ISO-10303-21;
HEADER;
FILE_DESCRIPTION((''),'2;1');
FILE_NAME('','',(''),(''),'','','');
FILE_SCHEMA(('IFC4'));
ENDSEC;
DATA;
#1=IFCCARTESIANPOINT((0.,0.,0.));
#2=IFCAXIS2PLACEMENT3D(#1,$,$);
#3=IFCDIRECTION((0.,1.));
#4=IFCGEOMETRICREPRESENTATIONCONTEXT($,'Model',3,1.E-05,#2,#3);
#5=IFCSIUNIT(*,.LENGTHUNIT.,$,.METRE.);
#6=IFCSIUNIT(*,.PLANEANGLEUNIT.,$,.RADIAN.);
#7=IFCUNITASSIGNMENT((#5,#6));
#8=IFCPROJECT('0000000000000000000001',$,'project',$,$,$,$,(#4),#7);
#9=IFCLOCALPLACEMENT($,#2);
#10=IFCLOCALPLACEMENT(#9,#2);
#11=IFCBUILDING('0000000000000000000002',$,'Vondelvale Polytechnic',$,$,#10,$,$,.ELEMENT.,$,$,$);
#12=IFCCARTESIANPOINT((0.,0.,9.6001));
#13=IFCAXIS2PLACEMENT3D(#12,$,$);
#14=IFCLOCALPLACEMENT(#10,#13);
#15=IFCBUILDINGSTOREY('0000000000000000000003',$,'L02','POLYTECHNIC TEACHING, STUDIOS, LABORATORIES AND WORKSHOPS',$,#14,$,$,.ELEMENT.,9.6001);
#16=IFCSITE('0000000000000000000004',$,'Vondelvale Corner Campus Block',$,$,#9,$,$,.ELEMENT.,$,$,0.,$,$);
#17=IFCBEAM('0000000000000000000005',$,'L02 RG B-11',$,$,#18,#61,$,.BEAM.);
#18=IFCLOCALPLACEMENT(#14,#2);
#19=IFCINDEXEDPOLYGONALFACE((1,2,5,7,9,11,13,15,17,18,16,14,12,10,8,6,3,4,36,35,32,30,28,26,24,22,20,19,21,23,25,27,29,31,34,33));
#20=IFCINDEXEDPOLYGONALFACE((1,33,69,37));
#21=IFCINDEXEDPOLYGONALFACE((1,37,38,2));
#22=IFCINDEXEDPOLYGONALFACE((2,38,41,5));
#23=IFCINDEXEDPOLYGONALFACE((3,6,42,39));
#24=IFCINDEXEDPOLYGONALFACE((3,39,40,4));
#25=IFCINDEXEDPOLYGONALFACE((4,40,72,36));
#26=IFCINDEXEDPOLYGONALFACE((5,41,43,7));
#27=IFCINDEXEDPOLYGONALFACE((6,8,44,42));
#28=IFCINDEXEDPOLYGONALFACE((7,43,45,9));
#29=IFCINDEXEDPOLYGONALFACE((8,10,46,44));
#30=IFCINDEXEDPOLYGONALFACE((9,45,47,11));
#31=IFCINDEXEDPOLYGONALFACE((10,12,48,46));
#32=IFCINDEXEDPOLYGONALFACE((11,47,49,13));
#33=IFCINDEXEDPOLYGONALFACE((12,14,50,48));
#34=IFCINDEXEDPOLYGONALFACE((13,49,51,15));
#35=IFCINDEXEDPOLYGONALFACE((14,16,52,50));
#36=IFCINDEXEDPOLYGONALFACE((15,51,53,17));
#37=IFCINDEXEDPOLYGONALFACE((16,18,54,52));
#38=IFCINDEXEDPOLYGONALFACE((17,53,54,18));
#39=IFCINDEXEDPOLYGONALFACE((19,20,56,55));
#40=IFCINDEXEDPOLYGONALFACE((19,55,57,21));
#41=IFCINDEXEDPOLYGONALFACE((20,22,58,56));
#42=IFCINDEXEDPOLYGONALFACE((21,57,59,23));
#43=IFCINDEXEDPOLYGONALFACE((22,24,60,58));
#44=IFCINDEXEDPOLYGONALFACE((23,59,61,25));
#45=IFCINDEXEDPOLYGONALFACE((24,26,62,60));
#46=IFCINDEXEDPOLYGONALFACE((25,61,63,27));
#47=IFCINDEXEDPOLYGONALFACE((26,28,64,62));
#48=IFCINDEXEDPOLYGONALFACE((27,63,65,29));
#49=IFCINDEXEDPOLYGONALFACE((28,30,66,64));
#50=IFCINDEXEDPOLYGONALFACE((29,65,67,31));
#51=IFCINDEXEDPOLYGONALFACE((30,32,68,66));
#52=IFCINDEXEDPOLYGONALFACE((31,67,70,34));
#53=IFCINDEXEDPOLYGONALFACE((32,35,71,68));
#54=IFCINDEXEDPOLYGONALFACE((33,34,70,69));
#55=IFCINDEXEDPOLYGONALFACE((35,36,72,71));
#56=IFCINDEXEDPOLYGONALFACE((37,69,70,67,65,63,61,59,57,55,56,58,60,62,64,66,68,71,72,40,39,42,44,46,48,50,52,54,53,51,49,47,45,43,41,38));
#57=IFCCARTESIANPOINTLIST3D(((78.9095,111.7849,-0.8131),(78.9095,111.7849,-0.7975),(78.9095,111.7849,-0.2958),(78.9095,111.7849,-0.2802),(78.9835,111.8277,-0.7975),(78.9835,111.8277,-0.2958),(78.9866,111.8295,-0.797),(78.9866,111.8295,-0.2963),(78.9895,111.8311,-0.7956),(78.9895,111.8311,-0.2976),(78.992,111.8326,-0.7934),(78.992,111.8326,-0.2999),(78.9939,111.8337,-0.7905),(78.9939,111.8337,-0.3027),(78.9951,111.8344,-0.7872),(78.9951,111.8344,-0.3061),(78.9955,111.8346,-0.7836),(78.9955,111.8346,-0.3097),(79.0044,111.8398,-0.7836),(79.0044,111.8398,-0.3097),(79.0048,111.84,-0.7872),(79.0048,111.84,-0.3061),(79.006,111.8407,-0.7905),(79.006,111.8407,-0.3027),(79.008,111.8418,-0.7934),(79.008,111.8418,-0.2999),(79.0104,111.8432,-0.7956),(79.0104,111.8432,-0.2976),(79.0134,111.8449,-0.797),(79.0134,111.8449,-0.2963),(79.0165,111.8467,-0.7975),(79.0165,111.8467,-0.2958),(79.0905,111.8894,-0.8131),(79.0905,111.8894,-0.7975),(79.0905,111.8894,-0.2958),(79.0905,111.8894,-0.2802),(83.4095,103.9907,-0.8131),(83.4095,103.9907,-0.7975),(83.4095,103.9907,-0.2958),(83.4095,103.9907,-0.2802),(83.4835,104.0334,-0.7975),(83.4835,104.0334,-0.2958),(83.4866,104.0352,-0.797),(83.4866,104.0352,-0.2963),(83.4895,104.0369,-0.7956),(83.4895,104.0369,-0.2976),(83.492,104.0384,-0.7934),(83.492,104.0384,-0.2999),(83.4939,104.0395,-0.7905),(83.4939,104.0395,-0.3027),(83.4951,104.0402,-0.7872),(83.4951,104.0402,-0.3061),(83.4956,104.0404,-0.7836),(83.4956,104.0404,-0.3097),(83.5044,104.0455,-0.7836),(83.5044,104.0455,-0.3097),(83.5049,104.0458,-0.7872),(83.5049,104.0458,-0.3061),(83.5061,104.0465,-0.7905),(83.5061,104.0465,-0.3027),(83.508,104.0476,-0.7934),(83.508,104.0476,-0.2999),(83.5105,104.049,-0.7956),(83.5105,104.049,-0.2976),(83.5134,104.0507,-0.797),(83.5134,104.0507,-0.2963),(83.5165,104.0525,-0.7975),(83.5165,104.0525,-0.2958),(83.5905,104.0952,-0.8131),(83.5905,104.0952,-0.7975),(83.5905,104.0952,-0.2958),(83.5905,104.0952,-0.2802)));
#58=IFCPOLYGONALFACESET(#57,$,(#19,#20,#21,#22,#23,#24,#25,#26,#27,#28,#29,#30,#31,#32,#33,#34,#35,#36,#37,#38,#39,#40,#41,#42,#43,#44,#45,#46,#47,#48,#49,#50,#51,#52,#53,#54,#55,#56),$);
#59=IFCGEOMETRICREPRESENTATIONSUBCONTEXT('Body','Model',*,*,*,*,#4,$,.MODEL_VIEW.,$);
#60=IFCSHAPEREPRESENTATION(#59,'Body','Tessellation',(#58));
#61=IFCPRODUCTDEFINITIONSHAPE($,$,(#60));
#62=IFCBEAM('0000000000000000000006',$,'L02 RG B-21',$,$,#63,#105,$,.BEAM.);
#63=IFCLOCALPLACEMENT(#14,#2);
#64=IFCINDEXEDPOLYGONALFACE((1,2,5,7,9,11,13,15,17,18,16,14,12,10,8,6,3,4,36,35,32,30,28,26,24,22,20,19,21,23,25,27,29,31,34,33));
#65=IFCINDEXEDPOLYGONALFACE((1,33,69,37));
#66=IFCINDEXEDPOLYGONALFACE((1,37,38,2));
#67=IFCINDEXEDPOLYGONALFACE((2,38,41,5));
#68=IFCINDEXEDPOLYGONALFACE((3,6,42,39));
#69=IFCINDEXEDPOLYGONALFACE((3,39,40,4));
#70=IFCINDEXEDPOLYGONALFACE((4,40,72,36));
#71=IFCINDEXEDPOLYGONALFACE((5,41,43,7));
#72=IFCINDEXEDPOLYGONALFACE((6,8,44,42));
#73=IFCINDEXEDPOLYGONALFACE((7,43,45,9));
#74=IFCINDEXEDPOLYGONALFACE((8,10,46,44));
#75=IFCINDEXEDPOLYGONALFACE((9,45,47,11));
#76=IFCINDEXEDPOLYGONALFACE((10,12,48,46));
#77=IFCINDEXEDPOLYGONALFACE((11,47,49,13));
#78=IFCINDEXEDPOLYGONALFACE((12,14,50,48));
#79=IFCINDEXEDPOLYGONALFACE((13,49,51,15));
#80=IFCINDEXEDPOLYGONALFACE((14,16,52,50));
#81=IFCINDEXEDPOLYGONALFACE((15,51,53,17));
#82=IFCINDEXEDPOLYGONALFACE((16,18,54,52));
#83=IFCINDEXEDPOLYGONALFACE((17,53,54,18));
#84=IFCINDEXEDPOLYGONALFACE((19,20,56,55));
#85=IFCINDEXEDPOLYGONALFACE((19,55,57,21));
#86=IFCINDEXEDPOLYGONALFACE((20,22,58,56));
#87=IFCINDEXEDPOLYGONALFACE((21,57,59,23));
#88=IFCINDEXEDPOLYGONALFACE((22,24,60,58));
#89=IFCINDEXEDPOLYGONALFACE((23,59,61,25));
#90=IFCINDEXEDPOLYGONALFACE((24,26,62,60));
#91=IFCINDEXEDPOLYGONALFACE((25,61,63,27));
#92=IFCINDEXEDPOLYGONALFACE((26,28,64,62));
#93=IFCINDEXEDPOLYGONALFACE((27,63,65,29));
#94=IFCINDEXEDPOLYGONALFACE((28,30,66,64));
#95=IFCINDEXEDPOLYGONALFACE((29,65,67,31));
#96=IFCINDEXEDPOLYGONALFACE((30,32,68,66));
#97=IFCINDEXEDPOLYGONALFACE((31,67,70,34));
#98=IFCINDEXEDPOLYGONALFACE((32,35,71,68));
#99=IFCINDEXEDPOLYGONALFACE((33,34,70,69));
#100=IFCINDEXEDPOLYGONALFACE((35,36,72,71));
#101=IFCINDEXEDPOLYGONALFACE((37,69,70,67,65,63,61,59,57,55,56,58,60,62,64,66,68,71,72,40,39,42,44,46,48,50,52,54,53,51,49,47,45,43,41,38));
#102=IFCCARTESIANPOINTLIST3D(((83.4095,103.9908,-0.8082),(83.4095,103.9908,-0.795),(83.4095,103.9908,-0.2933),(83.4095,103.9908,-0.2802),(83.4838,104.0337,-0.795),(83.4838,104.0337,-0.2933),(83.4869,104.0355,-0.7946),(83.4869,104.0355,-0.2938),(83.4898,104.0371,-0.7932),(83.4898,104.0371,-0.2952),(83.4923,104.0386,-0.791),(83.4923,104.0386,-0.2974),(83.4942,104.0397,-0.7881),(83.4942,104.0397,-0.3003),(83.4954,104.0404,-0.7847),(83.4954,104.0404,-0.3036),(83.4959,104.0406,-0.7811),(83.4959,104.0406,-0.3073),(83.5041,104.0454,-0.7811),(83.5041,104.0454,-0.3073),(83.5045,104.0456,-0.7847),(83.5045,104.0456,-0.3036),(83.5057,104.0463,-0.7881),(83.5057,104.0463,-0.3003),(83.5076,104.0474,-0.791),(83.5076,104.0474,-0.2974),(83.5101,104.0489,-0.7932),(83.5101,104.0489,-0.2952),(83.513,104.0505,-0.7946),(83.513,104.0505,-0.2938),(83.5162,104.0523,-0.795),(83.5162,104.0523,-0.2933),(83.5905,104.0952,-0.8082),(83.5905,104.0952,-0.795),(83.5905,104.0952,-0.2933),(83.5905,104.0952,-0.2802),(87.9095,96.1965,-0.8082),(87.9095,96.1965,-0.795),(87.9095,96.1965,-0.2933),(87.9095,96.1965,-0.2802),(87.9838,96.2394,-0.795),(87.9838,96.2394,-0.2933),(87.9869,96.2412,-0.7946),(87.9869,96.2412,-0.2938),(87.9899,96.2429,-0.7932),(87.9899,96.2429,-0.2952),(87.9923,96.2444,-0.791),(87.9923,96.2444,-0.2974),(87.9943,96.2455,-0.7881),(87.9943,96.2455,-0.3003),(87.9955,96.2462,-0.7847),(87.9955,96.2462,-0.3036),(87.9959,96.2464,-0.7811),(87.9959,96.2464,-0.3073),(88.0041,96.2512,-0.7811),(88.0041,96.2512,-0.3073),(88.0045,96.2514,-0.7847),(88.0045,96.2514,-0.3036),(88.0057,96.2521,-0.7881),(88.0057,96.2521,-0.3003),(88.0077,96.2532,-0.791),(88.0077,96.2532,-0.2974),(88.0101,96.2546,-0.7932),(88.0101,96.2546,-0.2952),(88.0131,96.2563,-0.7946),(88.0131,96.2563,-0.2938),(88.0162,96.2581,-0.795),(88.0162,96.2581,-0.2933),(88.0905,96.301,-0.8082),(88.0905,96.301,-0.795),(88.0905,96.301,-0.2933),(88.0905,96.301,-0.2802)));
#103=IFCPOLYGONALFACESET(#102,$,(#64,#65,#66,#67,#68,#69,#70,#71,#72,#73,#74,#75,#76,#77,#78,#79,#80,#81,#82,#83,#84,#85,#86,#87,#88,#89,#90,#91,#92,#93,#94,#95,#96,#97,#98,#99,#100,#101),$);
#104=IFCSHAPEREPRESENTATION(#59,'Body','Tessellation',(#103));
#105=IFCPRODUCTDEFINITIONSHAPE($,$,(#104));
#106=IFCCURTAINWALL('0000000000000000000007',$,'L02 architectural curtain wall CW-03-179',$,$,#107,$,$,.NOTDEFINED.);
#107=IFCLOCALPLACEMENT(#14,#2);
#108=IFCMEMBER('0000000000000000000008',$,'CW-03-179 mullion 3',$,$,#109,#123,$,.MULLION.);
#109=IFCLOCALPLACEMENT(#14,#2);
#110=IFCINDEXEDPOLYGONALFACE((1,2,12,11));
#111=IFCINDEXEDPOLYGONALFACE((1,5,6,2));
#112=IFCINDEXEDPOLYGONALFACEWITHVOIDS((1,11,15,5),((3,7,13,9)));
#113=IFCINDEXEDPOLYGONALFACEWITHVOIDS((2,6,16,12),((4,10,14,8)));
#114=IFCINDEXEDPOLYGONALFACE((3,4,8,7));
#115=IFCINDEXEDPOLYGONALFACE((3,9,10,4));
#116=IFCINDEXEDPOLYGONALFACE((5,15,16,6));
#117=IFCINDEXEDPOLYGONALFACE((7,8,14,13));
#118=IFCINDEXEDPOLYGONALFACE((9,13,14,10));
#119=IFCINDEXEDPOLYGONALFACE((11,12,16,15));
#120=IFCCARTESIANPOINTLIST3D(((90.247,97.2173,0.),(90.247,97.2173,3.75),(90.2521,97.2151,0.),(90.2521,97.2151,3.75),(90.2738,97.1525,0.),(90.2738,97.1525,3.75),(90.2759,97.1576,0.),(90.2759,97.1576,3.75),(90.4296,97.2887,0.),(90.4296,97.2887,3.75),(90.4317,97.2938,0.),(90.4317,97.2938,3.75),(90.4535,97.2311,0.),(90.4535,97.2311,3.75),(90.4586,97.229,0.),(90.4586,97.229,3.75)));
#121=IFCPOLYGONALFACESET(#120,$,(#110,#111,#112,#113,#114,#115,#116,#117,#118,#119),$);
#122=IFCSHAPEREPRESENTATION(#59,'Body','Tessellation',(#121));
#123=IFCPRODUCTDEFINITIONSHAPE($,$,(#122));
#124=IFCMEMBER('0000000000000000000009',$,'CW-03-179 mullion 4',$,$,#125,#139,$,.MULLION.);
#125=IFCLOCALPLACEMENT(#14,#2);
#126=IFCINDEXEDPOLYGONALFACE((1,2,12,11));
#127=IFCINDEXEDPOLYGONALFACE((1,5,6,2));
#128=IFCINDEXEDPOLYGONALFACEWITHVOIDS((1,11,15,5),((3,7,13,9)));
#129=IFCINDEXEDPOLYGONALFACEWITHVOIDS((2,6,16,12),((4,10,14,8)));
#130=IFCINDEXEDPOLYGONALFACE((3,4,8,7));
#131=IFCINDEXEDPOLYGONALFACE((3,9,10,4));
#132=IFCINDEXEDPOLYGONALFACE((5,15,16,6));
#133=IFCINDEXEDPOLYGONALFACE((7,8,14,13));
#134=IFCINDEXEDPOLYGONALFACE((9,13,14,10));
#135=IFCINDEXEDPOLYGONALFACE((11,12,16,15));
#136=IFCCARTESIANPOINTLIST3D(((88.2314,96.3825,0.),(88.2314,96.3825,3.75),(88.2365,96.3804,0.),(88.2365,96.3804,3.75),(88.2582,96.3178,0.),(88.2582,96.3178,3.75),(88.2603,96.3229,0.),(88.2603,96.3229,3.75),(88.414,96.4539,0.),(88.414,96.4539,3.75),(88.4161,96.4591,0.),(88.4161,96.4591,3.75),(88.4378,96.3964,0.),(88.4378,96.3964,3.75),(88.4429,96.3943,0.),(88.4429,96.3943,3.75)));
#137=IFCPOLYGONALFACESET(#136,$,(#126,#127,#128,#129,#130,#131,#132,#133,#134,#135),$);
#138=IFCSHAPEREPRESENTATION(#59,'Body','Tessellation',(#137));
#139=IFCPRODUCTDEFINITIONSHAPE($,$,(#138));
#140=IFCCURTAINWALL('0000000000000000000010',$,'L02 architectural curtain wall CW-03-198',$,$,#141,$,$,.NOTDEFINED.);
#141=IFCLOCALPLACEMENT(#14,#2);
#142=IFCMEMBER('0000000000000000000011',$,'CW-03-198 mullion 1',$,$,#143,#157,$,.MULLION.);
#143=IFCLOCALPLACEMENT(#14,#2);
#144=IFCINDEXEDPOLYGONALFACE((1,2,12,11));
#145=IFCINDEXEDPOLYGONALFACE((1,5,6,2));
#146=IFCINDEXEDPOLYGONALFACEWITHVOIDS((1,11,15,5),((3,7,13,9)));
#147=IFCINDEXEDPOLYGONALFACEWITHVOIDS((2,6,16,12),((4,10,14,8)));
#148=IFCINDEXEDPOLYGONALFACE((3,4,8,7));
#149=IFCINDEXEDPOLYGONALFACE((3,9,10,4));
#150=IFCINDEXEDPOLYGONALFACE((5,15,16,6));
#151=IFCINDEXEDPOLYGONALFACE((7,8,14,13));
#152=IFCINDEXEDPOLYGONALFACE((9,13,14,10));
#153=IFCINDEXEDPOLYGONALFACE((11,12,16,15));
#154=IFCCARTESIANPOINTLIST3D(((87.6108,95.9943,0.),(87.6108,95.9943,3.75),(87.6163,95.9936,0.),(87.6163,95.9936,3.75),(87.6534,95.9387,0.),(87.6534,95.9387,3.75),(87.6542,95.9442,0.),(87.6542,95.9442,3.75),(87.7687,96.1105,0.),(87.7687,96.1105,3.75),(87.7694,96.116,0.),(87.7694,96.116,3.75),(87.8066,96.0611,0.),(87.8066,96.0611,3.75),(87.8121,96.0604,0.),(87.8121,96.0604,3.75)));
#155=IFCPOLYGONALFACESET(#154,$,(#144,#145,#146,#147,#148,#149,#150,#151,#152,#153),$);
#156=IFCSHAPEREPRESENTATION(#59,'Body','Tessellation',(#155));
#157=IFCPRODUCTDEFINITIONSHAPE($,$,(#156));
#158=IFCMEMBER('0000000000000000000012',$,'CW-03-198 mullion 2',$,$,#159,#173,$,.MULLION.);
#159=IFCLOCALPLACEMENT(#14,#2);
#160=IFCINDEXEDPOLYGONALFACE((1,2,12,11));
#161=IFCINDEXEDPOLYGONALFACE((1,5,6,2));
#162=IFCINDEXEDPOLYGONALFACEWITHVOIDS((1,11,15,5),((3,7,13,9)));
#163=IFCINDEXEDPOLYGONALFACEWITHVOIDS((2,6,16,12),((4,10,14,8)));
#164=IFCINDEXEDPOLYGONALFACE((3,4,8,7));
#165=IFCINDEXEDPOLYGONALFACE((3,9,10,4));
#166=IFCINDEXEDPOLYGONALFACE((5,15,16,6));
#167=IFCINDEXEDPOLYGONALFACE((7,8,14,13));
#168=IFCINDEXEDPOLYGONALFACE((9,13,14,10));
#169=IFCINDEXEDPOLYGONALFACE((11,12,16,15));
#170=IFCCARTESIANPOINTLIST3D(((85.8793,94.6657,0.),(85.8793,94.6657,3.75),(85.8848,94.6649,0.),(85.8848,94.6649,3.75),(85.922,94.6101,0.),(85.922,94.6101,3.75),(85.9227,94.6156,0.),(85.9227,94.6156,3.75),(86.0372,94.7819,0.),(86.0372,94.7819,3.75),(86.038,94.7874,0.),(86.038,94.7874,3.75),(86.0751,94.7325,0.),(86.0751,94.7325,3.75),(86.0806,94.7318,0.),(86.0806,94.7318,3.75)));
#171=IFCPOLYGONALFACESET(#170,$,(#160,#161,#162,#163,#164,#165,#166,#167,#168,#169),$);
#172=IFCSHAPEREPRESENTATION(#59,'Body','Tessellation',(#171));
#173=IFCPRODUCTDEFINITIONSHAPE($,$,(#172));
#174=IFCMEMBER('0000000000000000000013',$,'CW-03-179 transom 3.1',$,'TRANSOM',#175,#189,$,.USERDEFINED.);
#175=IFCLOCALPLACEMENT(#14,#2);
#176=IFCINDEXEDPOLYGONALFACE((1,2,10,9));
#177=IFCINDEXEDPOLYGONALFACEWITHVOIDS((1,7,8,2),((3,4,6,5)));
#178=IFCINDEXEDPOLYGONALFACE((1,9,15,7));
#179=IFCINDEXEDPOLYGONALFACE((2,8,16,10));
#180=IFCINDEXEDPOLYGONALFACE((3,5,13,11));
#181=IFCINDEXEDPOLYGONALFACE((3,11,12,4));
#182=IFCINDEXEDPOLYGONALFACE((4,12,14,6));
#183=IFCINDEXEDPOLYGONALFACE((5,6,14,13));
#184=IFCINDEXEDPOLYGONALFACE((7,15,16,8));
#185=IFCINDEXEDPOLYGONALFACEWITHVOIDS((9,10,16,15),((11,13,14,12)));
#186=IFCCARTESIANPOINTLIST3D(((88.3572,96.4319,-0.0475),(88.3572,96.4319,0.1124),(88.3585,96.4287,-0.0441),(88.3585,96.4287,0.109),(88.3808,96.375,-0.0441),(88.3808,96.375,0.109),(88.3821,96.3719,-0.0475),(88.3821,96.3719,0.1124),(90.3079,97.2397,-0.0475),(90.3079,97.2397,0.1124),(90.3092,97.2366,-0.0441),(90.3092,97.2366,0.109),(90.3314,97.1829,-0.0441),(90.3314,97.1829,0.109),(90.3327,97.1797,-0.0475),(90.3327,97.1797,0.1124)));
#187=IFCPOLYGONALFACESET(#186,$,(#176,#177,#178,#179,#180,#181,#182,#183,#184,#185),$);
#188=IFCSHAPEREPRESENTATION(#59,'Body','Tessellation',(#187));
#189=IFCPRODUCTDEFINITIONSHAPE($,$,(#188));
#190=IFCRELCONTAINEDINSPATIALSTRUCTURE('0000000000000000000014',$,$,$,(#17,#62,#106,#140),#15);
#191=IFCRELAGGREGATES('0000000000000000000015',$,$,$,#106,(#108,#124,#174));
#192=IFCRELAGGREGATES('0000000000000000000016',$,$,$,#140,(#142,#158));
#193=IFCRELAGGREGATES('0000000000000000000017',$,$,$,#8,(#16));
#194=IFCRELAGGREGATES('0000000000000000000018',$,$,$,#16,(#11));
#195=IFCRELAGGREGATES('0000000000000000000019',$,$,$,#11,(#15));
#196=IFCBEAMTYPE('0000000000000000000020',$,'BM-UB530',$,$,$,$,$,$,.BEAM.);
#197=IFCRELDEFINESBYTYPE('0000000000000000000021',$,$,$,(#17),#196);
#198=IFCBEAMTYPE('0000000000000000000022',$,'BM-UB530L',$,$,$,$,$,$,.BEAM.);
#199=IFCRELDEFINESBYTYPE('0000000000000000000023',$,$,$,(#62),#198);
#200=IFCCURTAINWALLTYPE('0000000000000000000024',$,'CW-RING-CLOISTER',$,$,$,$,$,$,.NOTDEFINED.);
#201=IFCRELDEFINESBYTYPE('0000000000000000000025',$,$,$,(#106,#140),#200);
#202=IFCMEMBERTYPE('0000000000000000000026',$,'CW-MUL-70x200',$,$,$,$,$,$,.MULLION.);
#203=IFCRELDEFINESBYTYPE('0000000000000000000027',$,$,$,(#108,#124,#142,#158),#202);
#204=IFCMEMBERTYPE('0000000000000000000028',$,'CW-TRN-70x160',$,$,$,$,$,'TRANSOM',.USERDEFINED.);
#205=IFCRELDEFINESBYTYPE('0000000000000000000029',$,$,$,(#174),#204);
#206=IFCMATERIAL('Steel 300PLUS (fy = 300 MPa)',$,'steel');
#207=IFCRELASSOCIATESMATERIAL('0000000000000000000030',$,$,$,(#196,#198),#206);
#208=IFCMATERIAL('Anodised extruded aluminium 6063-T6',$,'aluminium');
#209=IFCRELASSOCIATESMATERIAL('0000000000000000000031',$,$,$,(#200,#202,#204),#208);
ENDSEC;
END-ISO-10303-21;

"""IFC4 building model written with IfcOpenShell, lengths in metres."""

from ifc_helpers import new_model, si_unit, direction, frame, origin, origin_2d, place, context, subcontext, project, spatial, hollow_rectangle, i_section, extrude, material, material_profile, profile_set, type_object, element, aggregate, save


model = new_model("IFC4")

# Units and contexts
model_context = context("Model", 3, precision=1e-05, world=origin(), true_north=direction((0.0, 1.0)))
body_context = subcontext(model_context, "Body", "Model", "MODEL_VIEW")
ifc_project = project(units=[si_unit("LENGTHUNIT", "METRE"), si_unit("PLANEANGLEUNIT", "RADIAN")], contexts=[model_context])

# Site, building, storey
site_placement = place(None, origin())
site = spatial("IfcSite", under=ifc_project, at=site_placement, Name="Vondelvale Corner Campus Block", CompositionType="ELEMENT", RefElevation=0.0)
building_placement = place(site_placement, origin())
building = spatial("IfcBuilding", under=site, at=building_placement, Name="Vondelvale Polytechnic", CompositionType="ELEMENT")
storey_placement = place(building_placement, frame((0.0, 0.0, 9.6001)))
storey = spatial("IfcBuildingStorey", under=building, at=storey_placement, Name="L02", Description="POLYTECHNIC TEACHING, STUDIOS, LABORATORIES AND WORKSHOPS", CompositionType="ELEMENT", Elevation=9.6001)

# Shared definitions
ifc_material_1 = material(Name="Steel 300PLUS (fy = 300 MPa)", Category="steel")

# Beams
ifc_material_profile_1 = material_profile(ifc_material_1, i_section(OverallWidth=0.209, OverallDepth=0.533, WebThickness=0.0103, FlangeThickness=0.0156, FilletRadius=0.0139, at=origin_2d()), Name="530UB92.4")
ifc_profile_set_1 = profile_set([ifc_material_profile_1], Name="Steel 300PLUS (fy = 300 MPa)")
beam_type_1 = type_object("IfcBeamType", Name="BM-UB530", PredefinedType="BEAM", material=ifc_profile_set_1)
beam_1_placement = place(storey_placement, frame((83.5, 104.043, -0.5466), z_axis=(-0.500002, 0.866024, 0.0), x_axis=(-0.866024, -0.500002, 0.0)))
element("IfcBeam", 1, at=beam_1_placement, inside=storey, type_object=beam_type_1, Name="L02 RG B-11", PredefinedType="BEAM", context=body_context, shape_type="SweptSolid", body=[
    extrude(i_section(OverallWidth=0.209, OverallDepth=0.533, WebThickness=0.0103, FlangeThickness=0.0156, FilletRadius=0.0139, at=origin_2d()), origin(), (0.0, 0.0, 1.0), 9.0),
])
ifc_material_profile_2 = material_profile(ifc_material_1, i_section(OverallWidth=0.209, OverallDepth=0.5281, WebThickness=0.0095, FlangeThickness=0.0132, FilletRadius=0.0139, at=origin_2d()), Name="530UB82.0")
ifc_profile_set_2 = profile_set([ifc_material_profile_2], Name="Steel 300PLUS (fy = 300 MPa)")
beam_type_2 = type_object("IfcBeamType", Name="BM-UB530L", PredefinedType="BEAM", material=ifc_profile_set_2)
beam_2_placement = place(storey_placement, frame((88.0, 96.2488, -0.5442), z_axis=(-0.500002, 0.866024, 0.0), x_axis=(-0.866024, -0.500002, 0.0)))
element("IfcBeam", 2, at=beam_2_placement, inside=storey, type_object=beam_type_2, Name="L02 RG B-21", PredefinedType="BEAM", context=body_context, shape_type="SweptSolid", body=[
    extrude(i_section(OverallWidth=0.209, OverallDepth=0.5281, WebThickness=0.0095, FlangeThickness=0.0132, FilletRadius=0.0139, at=origin_2d()), origin(), (0.0, 0.0, 1.0), 9.0),
])

# Curtain walls, members
ifc_material_2 = material(Name="Anodised extruded aluminium 6063-T6", Category="aluminium")
curtain_wall_type = type_object("IfcCurtainWallType", Name="CW-RING-CLOISTER", PredefinedType="NOTDEFINED", material=ifc_material_2)
curtain_wall_1_placement = place(storey_placement, origin())
curtain_wall_1 = element("IfcCurtainWall", 3, at=curtain_wall_1_placement, inside=storey, type_object=curtain_wall_type, Name="L02 architectural curtain wall CW-03-179", PredefinedType="NOTDEFINED")
ifc_material_profile_3 = material_profile(ifc_material_2, hollow_rectangle(XDim=0.0701, YDim=0.2, WallThickness=0.0039, at=origin_2d()), Name="CW-MUL-200x70")
ifc_profile_set_3 = profile_set([ifc_material_profile_3], Name="Anodised extruded aluminium 6063-T6")
member_type_1 = type_object("IfcMemberType", Name="CW-MUL-70x200", PredefinedType="MULLION", material=ifc_profile_set_3)
member_1_placement = place(storey_placement, frame((90.3528, 97.2231, 0.0), z_axis=(0.0, 0.0, 1.0), x_axis=(0.382679, -0.923882, 0.0)))
member_1 = element("IfcMember", 4, at=member_1_placement, type_object=member_type_1, Name="CW-03-179 mullion 3", PredefinedType="MULLION", context=body_context, shape_type="SweptSolid", body=[
    extrude(hollow_rectangle(XDim=0.0701, YDim=0.2, WallThickness=0.0039, at=origin_2d()), origin(), (0.0, 0.0, 1.0), 3.75),
])
member_2_placement = place(storey_placement, frame((88.3372, 96.3884, 0.0), z_axis=(0.0, 0.0, 1.0), x_axis=(0.382679, -0.923882, 0.0)))
member_2 = element("IfcMember", 5, at=member_2_placement, type_object=member_type_1, Name="CW-03-179 mullion 4", PredefinedType="MULLION", context=body_context, shape_type="SweptSolid", body=[
    extrude(hollow_rectangle(XDim=0.0701, YDim=0.2, WallThickness=0.0039, at=origin_2d()), origin(), (0.0, 0.0, 1.0), 3.75),
])
curtain_wall_2_placement = place(storey_placement, origin())
curtain_wall_2 = element("IfcCurtainWall", 6, at=curtain_wall_2_placement, inside=storey, type_object=curtain_wall_type, Name="L02 architectural curtain wall CW-03-198", PredefinedType="NOTDEFINED")
member_3_placement = place(storey_placement, frame((87.7114, 96.0273, 0.0), z_axis=(0.0, 0.0, 1.0), x_axis=(0.608748, -0.793364, 0.0)))
member_3 = element("IfcMember", 7, at=member_3_placement, type_object=member_type_1, Name="CW-03-198 mullion 1", PredefinedType="MULLION", context=body_context, shape_type="SweptSolid", body=[
    extrude(hollow_rectangle(XDim=0.0701, YDim=0.2, WallThickness=0.0039, at=origin_2d()), origin(), (0.0, 0.0, 1.0), 3.75),
])
member_4_placement = place(storey_placement, frame((85.98, 94.6987, 0.0), z_axis=(0.0, 0.0, 1.0), x_axis=(0.608748, -0.793364, 0.0)))
member_4 = element("IfcMember", 8, at=member_4_placement, type_object=member_type_1, Name="CW-03-198 mullion 2", PredefinedType="MULLION", context=body_context, shape_type="SweptSolid", body=[
    extrude(hollow_rectangle(XDim=0.0701, YDim=0.2, WallThickness=0.0039, at=origin_2d()), origin(), (0.0, 0.0, 1.0), 3.75),
])

# Member
ifc_material_profile_4 = material_profile(ifc_material_2, hollow_rectangle(XDim=0.0649, YDim=0.1599, WallThickness=0.0034, at=origin_2d()), Name="CW-TRN-160x65")
ifc_profile_set_4 = profile_set([ifc_material_profile_4], Name="Anodised extruded aluminium 6063-T6")
member_type_2 = type_object("IfcMemberType", Name="CW-TRN-70x160", ElementType="TRANSOM", PredefinedType="USERDEFINED", material=ifc_profile_set_4)
member_5_placement = place(storey_placement, frame((90.3203, 97.2097, 0.0325), z_axis=(-0.923903, -0.382628, 0.0), x_axis=(0.382628, -0.923903, 0.0)))
member_5 = element("IfcMember", 9, at=member_5_placement, type_object=member_type_2, Name="CW-03-179 transom 3.1", ObjectType="TRANSOM", PredefinedType="USERDEFINED", context=body_context, shape_type="SweptSolid", body=[
    extrude(hollow_rectangle(XDim=0.0649, YDim=0.1599, WallThickness=0.0034, at=origin_2d()), origin(), (0.0, 0.0, 1.0), 2.1113),
])

aggregate(curtain_wall_1, [member_1, member_2, member_5])
aggregate(curtain_wall_2, [member_3, member_4])

save(model, "model.ifc")
